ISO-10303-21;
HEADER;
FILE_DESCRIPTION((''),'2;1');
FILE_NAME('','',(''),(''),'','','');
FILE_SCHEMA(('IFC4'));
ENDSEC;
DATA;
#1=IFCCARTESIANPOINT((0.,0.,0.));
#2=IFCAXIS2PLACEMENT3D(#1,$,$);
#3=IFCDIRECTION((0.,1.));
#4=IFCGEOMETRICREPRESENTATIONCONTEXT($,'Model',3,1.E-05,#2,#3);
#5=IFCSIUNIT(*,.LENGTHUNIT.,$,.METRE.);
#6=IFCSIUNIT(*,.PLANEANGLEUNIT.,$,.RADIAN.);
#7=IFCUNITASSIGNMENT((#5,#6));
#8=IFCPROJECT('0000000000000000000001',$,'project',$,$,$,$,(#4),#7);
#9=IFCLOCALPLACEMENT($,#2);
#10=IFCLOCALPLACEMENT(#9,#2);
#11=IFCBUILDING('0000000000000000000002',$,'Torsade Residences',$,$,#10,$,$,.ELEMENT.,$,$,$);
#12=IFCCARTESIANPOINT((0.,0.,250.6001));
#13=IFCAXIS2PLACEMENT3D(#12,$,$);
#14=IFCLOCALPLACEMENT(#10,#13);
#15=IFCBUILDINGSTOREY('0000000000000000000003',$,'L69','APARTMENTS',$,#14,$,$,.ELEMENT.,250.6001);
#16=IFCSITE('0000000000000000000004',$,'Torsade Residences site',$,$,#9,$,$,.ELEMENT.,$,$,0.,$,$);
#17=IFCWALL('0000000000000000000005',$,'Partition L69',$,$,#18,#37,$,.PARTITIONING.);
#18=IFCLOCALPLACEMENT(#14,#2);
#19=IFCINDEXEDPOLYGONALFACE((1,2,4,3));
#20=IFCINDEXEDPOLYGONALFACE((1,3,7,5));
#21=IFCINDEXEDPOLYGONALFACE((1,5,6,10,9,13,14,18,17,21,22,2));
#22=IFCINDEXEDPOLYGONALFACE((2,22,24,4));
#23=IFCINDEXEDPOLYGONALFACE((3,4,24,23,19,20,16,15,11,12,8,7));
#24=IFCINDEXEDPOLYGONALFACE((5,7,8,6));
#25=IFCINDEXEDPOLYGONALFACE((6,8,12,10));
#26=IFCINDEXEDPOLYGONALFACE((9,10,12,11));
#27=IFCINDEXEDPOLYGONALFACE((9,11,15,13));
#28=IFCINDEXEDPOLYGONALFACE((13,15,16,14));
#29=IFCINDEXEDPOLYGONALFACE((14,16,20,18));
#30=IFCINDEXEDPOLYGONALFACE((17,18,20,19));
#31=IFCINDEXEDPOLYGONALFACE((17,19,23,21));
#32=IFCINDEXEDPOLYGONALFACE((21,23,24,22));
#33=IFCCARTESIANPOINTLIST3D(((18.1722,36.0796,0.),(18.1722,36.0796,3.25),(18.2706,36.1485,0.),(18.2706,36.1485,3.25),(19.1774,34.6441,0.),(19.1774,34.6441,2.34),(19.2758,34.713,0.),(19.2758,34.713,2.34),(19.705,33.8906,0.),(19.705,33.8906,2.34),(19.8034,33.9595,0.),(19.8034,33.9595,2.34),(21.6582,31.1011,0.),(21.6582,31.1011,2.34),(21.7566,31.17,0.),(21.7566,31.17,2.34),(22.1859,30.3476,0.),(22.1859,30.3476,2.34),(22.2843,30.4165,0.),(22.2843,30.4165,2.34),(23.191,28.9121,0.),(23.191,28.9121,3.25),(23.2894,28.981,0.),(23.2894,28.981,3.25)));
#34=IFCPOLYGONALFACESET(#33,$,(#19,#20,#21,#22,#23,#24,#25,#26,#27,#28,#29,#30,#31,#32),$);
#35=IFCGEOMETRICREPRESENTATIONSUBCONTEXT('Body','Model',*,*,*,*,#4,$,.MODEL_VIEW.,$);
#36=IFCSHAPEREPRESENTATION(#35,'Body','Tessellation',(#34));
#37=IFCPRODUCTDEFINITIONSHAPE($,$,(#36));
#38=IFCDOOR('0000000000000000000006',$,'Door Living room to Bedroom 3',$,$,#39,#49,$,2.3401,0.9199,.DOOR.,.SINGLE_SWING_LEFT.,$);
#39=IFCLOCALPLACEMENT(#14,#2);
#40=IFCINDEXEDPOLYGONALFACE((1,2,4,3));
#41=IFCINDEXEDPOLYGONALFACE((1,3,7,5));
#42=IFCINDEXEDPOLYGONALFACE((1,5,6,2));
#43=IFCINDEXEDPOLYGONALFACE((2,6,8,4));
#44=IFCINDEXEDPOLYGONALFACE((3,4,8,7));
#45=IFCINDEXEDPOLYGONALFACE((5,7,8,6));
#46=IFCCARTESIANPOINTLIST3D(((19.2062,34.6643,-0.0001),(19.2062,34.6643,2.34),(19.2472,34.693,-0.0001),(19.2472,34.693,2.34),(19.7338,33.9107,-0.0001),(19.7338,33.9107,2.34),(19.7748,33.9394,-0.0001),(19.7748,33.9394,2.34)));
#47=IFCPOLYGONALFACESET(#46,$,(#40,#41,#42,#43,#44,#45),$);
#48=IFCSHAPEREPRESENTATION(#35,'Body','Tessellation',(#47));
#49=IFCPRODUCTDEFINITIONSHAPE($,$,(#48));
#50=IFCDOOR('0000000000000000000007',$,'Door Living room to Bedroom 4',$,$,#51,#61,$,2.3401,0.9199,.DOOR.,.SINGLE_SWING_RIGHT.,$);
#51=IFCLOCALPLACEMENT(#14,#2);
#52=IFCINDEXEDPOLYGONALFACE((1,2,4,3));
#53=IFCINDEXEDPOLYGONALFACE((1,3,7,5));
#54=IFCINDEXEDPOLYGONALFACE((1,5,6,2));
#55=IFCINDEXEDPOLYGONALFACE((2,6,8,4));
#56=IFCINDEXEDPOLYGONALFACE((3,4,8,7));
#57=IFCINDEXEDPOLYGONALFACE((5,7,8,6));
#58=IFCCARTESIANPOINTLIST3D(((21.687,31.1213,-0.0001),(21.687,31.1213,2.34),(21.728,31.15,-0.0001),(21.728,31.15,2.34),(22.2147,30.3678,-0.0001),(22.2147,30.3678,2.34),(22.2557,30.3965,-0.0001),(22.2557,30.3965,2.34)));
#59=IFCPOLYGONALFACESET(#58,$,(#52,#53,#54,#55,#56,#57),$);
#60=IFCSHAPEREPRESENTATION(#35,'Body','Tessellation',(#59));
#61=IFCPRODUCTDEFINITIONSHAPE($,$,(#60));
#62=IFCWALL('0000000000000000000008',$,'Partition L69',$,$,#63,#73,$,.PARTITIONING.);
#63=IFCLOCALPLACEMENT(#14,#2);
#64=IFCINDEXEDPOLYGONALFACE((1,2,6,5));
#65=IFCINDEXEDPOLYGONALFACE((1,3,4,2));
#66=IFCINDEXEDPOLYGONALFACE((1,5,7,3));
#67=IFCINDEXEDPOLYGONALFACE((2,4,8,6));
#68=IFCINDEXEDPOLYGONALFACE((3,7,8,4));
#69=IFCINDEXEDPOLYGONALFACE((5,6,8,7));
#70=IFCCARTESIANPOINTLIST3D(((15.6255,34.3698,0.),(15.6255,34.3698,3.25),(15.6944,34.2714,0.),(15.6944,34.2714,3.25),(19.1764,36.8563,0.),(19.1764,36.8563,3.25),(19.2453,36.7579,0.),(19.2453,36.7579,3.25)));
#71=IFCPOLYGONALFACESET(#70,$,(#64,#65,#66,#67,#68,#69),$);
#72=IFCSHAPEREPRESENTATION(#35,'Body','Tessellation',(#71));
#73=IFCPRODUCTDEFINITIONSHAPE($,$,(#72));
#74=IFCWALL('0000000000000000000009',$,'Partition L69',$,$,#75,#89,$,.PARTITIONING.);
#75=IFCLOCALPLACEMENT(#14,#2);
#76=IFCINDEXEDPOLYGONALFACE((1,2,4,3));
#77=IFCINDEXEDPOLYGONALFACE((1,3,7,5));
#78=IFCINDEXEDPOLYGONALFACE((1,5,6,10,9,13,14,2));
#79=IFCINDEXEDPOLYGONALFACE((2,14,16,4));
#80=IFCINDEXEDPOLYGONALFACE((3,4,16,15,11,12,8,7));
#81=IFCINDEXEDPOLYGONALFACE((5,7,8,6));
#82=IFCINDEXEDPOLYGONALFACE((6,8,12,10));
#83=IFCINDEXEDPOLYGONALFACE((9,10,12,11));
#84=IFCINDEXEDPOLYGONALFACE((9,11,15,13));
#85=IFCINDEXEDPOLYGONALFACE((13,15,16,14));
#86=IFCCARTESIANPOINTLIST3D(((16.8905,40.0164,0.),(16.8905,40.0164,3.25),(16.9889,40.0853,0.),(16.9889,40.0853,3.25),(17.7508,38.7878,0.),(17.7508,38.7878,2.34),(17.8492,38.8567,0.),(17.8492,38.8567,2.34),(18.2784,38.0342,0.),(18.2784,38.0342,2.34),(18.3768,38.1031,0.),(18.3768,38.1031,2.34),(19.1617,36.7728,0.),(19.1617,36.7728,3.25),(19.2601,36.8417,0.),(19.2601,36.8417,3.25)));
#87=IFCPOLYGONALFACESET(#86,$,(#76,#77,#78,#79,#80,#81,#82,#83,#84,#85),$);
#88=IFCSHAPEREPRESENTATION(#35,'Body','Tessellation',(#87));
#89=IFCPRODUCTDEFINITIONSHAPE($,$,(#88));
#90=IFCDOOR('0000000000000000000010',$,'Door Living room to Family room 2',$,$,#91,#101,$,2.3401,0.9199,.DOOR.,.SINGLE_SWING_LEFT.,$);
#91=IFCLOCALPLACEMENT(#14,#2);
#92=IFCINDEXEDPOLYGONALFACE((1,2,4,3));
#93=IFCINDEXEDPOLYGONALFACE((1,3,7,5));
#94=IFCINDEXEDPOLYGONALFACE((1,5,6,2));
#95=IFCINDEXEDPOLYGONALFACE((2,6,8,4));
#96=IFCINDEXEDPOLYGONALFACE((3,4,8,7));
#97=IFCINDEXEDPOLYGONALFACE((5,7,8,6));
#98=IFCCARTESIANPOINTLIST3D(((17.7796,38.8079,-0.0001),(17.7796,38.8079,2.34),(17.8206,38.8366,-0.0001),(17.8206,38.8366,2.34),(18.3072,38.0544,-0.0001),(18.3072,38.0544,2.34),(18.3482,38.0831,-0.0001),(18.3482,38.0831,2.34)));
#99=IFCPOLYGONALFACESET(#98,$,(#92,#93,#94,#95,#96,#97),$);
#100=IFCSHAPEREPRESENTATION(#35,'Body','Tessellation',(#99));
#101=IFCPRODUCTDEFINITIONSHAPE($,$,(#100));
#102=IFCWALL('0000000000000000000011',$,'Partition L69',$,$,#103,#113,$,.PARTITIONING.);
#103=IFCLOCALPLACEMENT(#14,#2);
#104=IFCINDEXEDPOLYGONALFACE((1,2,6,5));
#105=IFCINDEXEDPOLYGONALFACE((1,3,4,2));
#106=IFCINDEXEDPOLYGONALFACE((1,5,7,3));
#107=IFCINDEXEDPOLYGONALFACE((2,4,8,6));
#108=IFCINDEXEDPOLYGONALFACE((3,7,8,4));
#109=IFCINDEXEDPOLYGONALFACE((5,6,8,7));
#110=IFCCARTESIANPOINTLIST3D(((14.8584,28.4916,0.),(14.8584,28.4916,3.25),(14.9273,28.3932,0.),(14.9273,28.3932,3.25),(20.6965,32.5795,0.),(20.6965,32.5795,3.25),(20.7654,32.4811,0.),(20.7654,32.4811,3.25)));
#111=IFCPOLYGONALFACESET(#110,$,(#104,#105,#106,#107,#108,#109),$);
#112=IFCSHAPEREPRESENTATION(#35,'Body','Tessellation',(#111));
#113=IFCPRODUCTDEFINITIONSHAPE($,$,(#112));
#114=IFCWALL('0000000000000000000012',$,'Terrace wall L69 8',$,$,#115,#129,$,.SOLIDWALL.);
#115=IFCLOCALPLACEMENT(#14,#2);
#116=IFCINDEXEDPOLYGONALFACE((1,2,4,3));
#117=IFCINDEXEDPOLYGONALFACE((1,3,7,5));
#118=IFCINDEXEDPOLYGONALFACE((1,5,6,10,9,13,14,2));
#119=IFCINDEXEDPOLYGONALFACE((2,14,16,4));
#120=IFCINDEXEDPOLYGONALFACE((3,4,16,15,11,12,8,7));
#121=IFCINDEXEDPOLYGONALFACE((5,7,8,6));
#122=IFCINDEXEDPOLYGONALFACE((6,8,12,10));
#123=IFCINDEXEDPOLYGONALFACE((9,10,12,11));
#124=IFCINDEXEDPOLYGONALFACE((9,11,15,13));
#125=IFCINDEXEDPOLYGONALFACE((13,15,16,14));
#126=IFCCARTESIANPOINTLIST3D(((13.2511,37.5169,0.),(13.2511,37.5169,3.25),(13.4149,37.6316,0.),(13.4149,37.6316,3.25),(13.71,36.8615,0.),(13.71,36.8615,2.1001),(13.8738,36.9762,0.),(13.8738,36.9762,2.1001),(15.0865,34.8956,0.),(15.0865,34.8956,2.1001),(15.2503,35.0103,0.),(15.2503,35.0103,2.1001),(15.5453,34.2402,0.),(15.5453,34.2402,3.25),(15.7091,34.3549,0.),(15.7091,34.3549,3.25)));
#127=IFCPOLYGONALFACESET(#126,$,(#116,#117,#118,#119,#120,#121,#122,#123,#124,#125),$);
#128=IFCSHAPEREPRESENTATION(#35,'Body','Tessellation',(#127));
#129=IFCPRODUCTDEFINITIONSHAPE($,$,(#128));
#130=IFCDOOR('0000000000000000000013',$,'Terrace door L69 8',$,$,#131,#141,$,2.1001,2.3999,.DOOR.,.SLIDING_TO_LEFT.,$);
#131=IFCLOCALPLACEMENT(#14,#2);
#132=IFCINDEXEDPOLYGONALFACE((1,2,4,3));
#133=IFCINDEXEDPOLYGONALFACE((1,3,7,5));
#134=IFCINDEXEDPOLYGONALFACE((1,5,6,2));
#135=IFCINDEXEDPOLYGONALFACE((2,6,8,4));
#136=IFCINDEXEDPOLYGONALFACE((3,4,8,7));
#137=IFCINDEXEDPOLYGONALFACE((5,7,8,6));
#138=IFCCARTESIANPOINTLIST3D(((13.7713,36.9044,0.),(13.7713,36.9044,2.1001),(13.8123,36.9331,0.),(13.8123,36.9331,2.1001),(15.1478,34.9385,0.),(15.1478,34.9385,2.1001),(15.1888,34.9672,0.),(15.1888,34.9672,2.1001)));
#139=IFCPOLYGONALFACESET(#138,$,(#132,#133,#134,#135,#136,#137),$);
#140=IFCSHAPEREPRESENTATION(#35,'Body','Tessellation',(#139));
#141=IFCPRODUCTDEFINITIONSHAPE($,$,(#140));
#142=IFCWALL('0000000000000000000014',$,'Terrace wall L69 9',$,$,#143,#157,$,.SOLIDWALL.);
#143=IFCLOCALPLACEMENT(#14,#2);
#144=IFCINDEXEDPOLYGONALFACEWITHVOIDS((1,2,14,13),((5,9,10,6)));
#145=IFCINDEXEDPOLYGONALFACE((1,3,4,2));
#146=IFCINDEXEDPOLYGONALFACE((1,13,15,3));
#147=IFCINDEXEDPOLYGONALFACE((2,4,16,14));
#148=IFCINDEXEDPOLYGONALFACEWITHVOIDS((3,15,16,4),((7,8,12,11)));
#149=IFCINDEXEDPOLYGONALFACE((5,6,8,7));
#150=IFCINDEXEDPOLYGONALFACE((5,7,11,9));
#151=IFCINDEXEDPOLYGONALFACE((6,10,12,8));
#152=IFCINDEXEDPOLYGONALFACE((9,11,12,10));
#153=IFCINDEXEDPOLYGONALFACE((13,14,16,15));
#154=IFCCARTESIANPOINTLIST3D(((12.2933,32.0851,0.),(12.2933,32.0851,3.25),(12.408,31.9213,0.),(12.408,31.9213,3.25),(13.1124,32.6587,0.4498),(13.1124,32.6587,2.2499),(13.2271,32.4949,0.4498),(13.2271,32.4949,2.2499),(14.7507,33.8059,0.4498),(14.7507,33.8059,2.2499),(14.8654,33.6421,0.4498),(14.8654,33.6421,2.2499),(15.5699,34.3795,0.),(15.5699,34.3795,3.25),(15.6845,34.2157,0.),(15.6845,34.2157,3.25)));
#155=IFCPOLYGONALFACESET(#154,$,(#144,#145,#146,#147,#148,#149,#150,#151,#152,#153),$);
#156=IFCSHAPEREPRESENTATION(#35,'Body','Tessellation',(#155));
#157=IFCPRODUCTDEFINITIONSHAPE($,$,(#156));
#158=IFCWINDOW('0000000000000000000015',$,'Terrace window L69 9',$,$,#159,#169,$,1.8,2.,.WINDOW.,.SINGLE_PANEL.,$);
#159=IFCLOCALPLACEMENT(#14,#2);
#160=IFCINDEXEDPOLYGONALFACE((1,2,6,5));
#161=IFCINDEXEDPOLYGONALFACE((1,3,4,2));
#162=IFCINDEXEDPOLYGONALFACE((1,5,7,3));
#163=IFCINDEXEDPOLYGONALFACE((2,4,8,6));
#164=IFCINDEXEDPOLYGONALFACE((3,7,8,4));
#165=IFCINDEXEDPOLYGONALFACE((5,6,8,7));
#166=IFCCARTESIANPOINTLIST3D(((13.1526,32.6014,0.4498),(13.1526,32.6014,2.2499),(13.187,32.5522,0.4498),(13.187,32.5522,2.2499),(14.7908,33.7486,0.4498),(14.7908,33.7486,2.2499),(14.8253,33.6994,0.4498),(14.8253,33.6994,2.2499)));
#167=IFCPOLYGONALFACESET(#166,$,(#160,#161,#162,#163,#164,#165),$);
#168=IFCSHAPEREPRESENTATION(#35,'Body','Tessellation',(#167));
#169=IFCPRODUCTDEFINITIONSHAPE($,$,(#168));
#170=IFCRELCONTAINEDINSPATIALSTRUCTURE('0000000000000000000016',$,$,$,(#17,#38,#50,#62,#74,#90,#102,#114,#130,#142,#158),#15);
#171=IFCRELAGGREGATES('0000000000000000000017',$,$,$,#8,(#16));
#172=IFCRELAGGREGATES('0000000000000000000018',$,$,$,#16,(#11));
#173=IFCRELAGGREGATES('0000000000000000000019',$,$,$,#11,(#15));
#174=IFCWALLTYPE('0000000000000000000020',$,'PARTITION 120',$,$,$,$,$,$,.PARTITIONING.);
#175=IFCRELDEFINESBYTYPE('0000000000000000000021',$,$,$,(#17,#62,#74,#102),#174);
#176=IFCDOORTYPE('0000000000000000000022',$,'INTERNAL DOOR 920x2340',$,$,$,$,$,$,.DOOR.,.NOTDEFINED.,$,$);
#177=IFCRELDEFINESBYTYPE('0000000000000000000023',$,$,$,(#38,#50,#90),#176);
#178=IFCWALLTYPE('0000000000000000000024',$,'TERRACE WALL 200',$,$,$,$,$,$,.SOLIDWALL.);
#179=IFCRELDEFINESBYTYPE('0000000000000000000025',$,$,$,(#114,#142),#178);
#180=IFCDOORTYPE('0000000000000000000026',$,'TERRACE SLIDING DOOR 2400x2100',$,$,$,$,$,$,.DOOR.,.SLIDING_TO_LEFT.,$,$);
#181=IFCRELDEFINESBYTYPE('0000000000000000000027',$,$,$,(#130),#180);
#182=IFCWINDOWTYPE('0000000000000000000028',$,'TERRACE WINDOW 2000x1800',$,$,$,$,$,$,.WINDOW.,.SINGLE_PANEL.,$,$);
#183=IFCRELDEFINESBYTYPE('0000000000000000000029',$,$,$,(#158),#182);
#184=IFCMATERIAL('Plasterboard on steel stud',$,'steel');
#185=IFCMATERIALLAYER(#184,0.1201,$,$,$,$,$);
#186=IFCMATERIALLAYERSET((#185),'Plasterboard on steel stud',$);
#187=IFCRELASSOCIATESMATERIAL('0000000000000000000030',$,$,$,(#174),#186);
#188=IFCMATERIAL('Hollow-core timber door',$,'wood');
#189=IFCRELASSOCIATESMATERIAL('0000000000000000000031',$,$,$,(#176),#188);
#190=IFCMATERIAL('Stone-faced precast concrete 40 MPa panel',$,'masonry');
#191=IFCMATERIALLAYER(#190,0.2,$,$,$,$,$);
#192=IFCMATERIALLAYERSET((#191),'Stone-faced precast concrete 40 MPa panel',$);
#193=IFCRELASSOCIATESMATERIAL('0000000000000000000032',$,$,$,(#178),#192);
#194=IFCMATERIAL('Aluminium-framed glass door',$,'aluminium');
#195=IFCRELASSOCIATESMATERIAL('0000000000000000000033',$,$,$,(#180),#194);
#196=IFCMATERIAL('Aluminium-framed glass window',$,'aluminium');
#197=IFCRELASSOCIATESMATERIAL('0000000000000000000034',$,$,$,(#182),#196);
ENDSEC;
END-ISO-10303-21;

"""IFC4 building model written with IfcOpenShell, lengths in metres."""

from ifc_helpers import new_model, si_unit, direction, frame, frame_2d, origin, place, context, subcontext, project, spatial, rectangle, extrude, material, layer, layer_set, type_object, element, fill, save


model = new_model("IFC4")

# Units and contexts
model_context = context("Model", 3, precision=1e-05, world=origin(), true_north=direction((0.0, 1.0)))
body_context = subcontext(model_context, "Body", "Model", "MODEL_VIEW")
ifc_project = project(units=[si_unit("LENGTHUNIT", "METRE"), si_unit("PLANEANGLEUNIT", "RADIAN")], contexts=[model_context])

# Site, building, storey
site_placement = place(None, origin())
site = spatial("IfcSite", under=ifc_project, at=site_placement, Name="Torsade Residences site", CompositionType="ELEMENT", RefElevation=0.0)
building_placement = place(site_placement, origin())
building = spatial("IfcBuilding", under=site, at=building_placement, Name="Torsade Residences", CompositionType="ELEMENT")
storey_placement = place(building_placement, frame((0.0, 0.0, 250.6001)))
storey = spatial("IfcBuildingStorey", under=building, at=storey_placement, Name="L69", Description="APARTMENTS", CompositionType="ELEMENT", Elevation=250.6001)

# Wall, openings, doors
ifc_material_1 = material(Name="Plasterboard on steel stud", Category="steel")
ifc_layer_1 = layer(ifc_material_1, 0.1201)
ifc_layer_set_1 = layer_set([ifc_layer_1], Name="Plasterboard on steel stud")
wall_type_1 = type_object("IfcWallType", Name="PARTITION 120", PredefinedType="PARTITIONING", material=ifc_layer_set_1)
wall_1_placement = place(storey_placement, frame((23.2402, 28.9465, 0.0), z_axis=(0.0, 0.0, 1.0), x_axis=(-0.573582, 0.819148, 0.0)))
wall_1 = element("IfcWall", 1, at=wall_1_placement, inside=storey, type_object=wall_type_1, Name="Partition L69", PredefinedType="PARTITIONING", context=body_context, shape_type="SweptSolid", body=[
    extrude(rectangle(XDim=8.75, YDim=0.1201, at=frame_2d((4.375, 0.0))), origin(), (0.0, 0.0, 1.0), 3.25),
])
opening_1_placement = place(wall_1_placement, frame((6.0776, 0.0, 0.0)))
opening_1 = element("IfcOpeningElement", 2, at=opening_1_placement, cuts=wall_1, PredefinedType="OPENING", context=body_context, shape_type="SweptSolid", body=[
    extrude(rectangle(XDim=0.9199, YDim=2.3401, at=frame_2d((0.46, 1.1699))), frame((0.0, 0.0701, 0.0), z_axis=(0.0, -1.0, 0.0), x_axis=(1.0, 0.0, 0.0)), (0.0, 0.0, 1.0), 0.1401),
])
opening_2_placement = place(wall_1_placement, frame((1.7524, 0.0, 0.0)))
opening_2 = element("IfcOpeningElement", 3, at=opening_2_placement, cuts=wall_1, PredefinedType="OPENING", context=body_context, shape_type="SweptSolid", body=[
    extrude(rectangle(XDim=0.9199, YDim=2.3401, at=frame_2d((0.46, 1.1699))), frame((0.0, 0.0701, 0.0), z_axis=(0.0, -1.0, 0.0), x_axis=(1.0, 0.0, 0.0)), (0.0, 0.0, 1.0), 0.1401),
])
ifc_material_2 = material(Name="Hollow-core timber door", Category="wood")
door_type_1 = type_object("IfcDoorType", Name="INTERNAL DOOR 920x2340", OperationType="NOTDEFINED", PredefinedType="DOOR", material=ifc_material_2)
door_1_placement = place(opening_1_placement, origin())
door_1 = element("IfcDoor", 4, at=door_1_placement, inside=storey, type_object=door_type_1, Name="Door Living room to Bedroom 3", OperationType="SINGLE_SWING_LEFT", OverallHeight=2.3401, OverallWidth=0.9199, PredefinedType="DOOR", context=body_context, shape_type="SweptSolid", body=[
    extrude(rectangle(XDim=0.9199, YDim=2.3401, at=frame_2d((0.46, 1.1699))), frame((0.0, 0.0249, 0.0), z_axis=(0.0, -1.0, 0.0), x_axis=(1.0, 0.0, 0.0)), (0.0, 0.0, 1.0), 0.05),
])
fill(opening_1, door_1)
door_2_placement = place(opening_2_placement, origin())
door_2 = element("IfcDoor", 5, at=door_2_placement, inside=storey, type_object=door_type_1, Name="Door Living room to Bedroom 4", OperationType="SINGLE_SWING_RIGHT", OverallHeight=2.3401, OverallWidth=0.9199, PredefinedType="DOOR", context=body_context, shape_type="SweptSolid", body=[
    extrude(rectangle(XDim=0.9199, YDim=2.3401, at=frame_2d((0.46, 1.1699))), frame((0.0, 0.0249, 0.0), z_axis=(0.0, -1.0, 0.0), x_axis=(1.0, 0.0, 0.0)), (0.0, 0.0, 1.0), 0.05),
])
fill(opening_2, door_2)

# Wall
wall_2_placement = place(storey_placement, frame((15.6599, 34.3206, 0.0), z_axis=(0.0, 0.0, 1.0), x_axis=(0.819139, 0.573595, 0.0)))
element("IfcWall", 6, at=wall_2_placement, inside=storey, type_object=wall_type_1, Name="Partition L69", PredefinedType="PARTITIONING", context=body_context, shape_type="SweptSolid", body=[
    extrude(rectangle(XDim=4.335, YDim=0.1201, at=frame_2d((2.1675, 0.0))), origin(), (0.0, 0.0, 1.0), 3.25),
])

# Wall, opening, door
wall_3_placement = place(storey_placement, frame((19.2109, 36.8071, 0.0), z_axis=(0.0, 0.0, 1.0), x_axis=(-0.573578, 0.819151, 0.0)))
wall_3 = element("IfcWall", 7, at=wall_3_placement, inside=storey, type_object=wall_type_1, Name="Partition L69", PredefinedType="PARTITIONING", context=body_context, shape_type="SweptSolid", body=[
    extrude(rectangle(XDim=3.9597, YDim=0.1201, at=frame_2d((1.98, 0.0))), origin(), (0.0, 0.0, 1.0), 3.25),
])
opening_3_placement = place(wall_3_placement, frame((1.54, 0.0, 0.0)))
opening_3 = element("IfcOpeningElement", 8, at=opening_3_placement, cuts=wall_3, PredefinedType="OPENING", context=body_context, shape_type="SweptSolid", body=[
    extrude(rectangle(XDim=0.9199, YDim=2.3401, at=frame_2d((0.46, 1.1699))), frame((0.0, 0.0701, 0.0), z_axis=(0.0, -1.0, 0.0), x_axis=(1.0, 0.0, 0.0)), (0.0, 0.0, 1.0), 0.1401),
])
door_3_placement = place(opening_3_placement, origin())
door_3 = element("IfcDoor", 9, at=door_3_placement, inside=storey, type_object=door_type_1, Name="Door Living room to Family room 2", OperationType="SINGLE_SWING_LEFT", OverallHeight=2.3401, OverallWidth=0.9199, PredefinedType="DOOR", context=body_context, shape_type="SweptSolid", body=[
    extrude(rectangle(XDim=0.9199, YDim=2.3401, at=frame_2d((0.46, 1.1699))), frame((0.0, 0.0249, 0.0), z_axis=(0.0, -1.0, 0.0), x_axis=(1.0, 0.0, 0.0)), (0.0, 0.0, 1.0), 0.05),
])
fill(opening_3, door_3)

# Wall
wall_4_placement = place(storey_placement, frame((20.731, 32.5303, 0.0), z_axis=(0.0, 0.0, 1.0), x_axis=(-0.819153, -0.573575, 0.0)))
element("IfcWall", 10, at=wall_4_placement, inside=storey, type_object=wall_type_1, Name="Partition L69", PredefinedType="PARTITIONING", context=body_context, shape_type="SweptSolid", body=[
    extrude(rectangle(XDim=7.127, YDim=0.1201, at=frame_2d((3.5635, 0.0))), origin(), (0.0, 0.0, 1.0), 3.25),
])

# Wall, opening, door
ifc_material_3 = material(Name="Stone-faced precast concrete 40 MPa panel", Category="masonry")
ifc_layer_2 = layer(ifc_material_3, 0.2)
ifc_layer_set_2 = layer_set([ifc_layer_2], Name="Stone-faced precast concrete 40 MPa panel")
wall_type_2 = type_object("IfcWallType", Name="TERRACE WALL 200", PredefinedType="SOLIDWALL", material=ifc_layer_set_2)
wall_5_placement = place(storey_placement, frame((13.333, 37.5742, 0.0), z_axis=(0.0, 0.0, 1.0), x_axis=(0.573557, -0.819166, 0.0)))
wall_5 = element("IfcWall", 11, at=wall_5_placement, inside=storey, type_object=wall_type_2, Name="Terrace wall L69 8", PredefinedType="SOLIDWALL", context=body_context, shape_type="SweptSolid", body=[
    extrude(rectangle(XDim=4.0, YDim=0.2, at=frame_2d((2.0, 0.0))), origin(), (0.0, 0.0, 1.0), 3.25),
])
opening_4_placement = place(wall_5_placement, frame((0.8, 0.0, 0.0)))
opening_4 = element("IfcOpeningElement", 12, at=opening_4_placement, cuts=wall_5, PredefinedType="OPENING", context=body_context, shape_type="SweptSolid", body=[
    extrude(rectangle(XDim=2.3999, YDim=2.1001, at=frame_2d((1.2, 1.05))), frame((0.0, 0.1099, 0.0), z_axis=(0.0, -1.0, 0.0), x_axis=(1.0, 0.0, 0.0)), (0.0, 0.0, 1.0), 0.22),
])
ifc_material_4 = material(Name="Aluminium-framed glass door", Category="aluminium")
door_type_2 = type_object("IfcDoorType", Name="TERRACE SLIDING DOOR 2400x2100", OperationType="SLIDING_TO_LEFT", PredefinedType="DOOR", material=ifc_material_4)
door_4_placement = place(opening_4_placement, origin())
door_4 = element("IfcDoor", 13, at=door_4_placement, inside=storey, type_object=door_type_2, Name="Terrace door L69 8", OperationType="SLIDING_TO_LEFT", OverallHeight=2.1001, OverallWidth=2.3999, PredefinedType="DOOR", context=body_context, shape_type="SweptSolid", body=[
    extrude(rectangle(XDim=2.3999, YDim=2.1001, at=frame_2d((1.2, 1.05))), frame((0.0, 0.0249, 0.0), z_axis=(0.0, -1.0, 0.0), x_axis=(1.0, 0.0, 0.0)), (0.0, 0.0, 1.0), 0.05),
])
fill(opening_4, door_4)

# Wall, opening, window
wall_6_placement = place(storey_placement, frame((15.6272, 34.2976, 0.0), z_axis=(0.0, 0.0, 1.0), x_axis=(-0.819137, -0.573598, 0.0)))
wall_6 = element("IfcWall", 14, at=wall_6_placement, inside=storey, type_object=wall_type_2, Name="Terrace wall L69 9", PredefinedType="SOLIDWALL", context=body_context, shape_type="SweptSolid", body=[
    extrude(rectangle(XDim=4.0, YDim=0.2, at=frame_2d((2.0, 0.0))), origin(), (0.0, 0.0, 1.0), 3.25),
])
opening_5_placement = place(wall_6_placement, frame((1.0, 0.0, 0.45)))
opening_5 = element("IfcOpeningElement", 15, at=opening_5_placement, cuts=wall_6, PredefinedType="OPENING", context=body_context, shape_type="SweptSolid", body=[
    extrude(rectangle(XDim=2.0, YDim=1.8, at=frame_2d((1.0, 0.8999))), frame((0.0, 0.1099, 0.0), z_axis=(0.0, -1.0, 0.0), x_axis=(1.0, 0.0, 0.0)), (0.0, 0.0, 1.0), 0.22),
])
ifc_material_5 = material(Name="Aluminium-framed glass window", Category="aluminium")
window_type = type_object("IfcWindowType", Name="TERRACE WINDOW 2000x1800", PartitioningType="SINGLE_PANEL", PredefinedType="WINDOW", material=ifc_material_5)
window_placement = place(opening_5_placement, origin())
window = element("IfcWindow", 16, at=window_placement, inside=storey, type_object=window_type, Name="Terrace window L69 9", OverallHeight=1.8, OverallWidth=2.0, PartitioningType="SINGLE_PANEL", PredefinedType="WINDOW", context=body_context, shape_type="SweptSolid", body=[
    extrude(rectangle(XDim=2.0, YDim=1.8, at=frame_2d((1.0, 0.8999))), frame((0.0, 0.03, 0.0), z_axis=(0.0, -1.0, 0.0), x_axis=(1.0, 0.0, 0.0)), (0.0, 0.0, 1.0), 0.0601),
])
fill(opening_5, window)

save(model, "model.ifc")
